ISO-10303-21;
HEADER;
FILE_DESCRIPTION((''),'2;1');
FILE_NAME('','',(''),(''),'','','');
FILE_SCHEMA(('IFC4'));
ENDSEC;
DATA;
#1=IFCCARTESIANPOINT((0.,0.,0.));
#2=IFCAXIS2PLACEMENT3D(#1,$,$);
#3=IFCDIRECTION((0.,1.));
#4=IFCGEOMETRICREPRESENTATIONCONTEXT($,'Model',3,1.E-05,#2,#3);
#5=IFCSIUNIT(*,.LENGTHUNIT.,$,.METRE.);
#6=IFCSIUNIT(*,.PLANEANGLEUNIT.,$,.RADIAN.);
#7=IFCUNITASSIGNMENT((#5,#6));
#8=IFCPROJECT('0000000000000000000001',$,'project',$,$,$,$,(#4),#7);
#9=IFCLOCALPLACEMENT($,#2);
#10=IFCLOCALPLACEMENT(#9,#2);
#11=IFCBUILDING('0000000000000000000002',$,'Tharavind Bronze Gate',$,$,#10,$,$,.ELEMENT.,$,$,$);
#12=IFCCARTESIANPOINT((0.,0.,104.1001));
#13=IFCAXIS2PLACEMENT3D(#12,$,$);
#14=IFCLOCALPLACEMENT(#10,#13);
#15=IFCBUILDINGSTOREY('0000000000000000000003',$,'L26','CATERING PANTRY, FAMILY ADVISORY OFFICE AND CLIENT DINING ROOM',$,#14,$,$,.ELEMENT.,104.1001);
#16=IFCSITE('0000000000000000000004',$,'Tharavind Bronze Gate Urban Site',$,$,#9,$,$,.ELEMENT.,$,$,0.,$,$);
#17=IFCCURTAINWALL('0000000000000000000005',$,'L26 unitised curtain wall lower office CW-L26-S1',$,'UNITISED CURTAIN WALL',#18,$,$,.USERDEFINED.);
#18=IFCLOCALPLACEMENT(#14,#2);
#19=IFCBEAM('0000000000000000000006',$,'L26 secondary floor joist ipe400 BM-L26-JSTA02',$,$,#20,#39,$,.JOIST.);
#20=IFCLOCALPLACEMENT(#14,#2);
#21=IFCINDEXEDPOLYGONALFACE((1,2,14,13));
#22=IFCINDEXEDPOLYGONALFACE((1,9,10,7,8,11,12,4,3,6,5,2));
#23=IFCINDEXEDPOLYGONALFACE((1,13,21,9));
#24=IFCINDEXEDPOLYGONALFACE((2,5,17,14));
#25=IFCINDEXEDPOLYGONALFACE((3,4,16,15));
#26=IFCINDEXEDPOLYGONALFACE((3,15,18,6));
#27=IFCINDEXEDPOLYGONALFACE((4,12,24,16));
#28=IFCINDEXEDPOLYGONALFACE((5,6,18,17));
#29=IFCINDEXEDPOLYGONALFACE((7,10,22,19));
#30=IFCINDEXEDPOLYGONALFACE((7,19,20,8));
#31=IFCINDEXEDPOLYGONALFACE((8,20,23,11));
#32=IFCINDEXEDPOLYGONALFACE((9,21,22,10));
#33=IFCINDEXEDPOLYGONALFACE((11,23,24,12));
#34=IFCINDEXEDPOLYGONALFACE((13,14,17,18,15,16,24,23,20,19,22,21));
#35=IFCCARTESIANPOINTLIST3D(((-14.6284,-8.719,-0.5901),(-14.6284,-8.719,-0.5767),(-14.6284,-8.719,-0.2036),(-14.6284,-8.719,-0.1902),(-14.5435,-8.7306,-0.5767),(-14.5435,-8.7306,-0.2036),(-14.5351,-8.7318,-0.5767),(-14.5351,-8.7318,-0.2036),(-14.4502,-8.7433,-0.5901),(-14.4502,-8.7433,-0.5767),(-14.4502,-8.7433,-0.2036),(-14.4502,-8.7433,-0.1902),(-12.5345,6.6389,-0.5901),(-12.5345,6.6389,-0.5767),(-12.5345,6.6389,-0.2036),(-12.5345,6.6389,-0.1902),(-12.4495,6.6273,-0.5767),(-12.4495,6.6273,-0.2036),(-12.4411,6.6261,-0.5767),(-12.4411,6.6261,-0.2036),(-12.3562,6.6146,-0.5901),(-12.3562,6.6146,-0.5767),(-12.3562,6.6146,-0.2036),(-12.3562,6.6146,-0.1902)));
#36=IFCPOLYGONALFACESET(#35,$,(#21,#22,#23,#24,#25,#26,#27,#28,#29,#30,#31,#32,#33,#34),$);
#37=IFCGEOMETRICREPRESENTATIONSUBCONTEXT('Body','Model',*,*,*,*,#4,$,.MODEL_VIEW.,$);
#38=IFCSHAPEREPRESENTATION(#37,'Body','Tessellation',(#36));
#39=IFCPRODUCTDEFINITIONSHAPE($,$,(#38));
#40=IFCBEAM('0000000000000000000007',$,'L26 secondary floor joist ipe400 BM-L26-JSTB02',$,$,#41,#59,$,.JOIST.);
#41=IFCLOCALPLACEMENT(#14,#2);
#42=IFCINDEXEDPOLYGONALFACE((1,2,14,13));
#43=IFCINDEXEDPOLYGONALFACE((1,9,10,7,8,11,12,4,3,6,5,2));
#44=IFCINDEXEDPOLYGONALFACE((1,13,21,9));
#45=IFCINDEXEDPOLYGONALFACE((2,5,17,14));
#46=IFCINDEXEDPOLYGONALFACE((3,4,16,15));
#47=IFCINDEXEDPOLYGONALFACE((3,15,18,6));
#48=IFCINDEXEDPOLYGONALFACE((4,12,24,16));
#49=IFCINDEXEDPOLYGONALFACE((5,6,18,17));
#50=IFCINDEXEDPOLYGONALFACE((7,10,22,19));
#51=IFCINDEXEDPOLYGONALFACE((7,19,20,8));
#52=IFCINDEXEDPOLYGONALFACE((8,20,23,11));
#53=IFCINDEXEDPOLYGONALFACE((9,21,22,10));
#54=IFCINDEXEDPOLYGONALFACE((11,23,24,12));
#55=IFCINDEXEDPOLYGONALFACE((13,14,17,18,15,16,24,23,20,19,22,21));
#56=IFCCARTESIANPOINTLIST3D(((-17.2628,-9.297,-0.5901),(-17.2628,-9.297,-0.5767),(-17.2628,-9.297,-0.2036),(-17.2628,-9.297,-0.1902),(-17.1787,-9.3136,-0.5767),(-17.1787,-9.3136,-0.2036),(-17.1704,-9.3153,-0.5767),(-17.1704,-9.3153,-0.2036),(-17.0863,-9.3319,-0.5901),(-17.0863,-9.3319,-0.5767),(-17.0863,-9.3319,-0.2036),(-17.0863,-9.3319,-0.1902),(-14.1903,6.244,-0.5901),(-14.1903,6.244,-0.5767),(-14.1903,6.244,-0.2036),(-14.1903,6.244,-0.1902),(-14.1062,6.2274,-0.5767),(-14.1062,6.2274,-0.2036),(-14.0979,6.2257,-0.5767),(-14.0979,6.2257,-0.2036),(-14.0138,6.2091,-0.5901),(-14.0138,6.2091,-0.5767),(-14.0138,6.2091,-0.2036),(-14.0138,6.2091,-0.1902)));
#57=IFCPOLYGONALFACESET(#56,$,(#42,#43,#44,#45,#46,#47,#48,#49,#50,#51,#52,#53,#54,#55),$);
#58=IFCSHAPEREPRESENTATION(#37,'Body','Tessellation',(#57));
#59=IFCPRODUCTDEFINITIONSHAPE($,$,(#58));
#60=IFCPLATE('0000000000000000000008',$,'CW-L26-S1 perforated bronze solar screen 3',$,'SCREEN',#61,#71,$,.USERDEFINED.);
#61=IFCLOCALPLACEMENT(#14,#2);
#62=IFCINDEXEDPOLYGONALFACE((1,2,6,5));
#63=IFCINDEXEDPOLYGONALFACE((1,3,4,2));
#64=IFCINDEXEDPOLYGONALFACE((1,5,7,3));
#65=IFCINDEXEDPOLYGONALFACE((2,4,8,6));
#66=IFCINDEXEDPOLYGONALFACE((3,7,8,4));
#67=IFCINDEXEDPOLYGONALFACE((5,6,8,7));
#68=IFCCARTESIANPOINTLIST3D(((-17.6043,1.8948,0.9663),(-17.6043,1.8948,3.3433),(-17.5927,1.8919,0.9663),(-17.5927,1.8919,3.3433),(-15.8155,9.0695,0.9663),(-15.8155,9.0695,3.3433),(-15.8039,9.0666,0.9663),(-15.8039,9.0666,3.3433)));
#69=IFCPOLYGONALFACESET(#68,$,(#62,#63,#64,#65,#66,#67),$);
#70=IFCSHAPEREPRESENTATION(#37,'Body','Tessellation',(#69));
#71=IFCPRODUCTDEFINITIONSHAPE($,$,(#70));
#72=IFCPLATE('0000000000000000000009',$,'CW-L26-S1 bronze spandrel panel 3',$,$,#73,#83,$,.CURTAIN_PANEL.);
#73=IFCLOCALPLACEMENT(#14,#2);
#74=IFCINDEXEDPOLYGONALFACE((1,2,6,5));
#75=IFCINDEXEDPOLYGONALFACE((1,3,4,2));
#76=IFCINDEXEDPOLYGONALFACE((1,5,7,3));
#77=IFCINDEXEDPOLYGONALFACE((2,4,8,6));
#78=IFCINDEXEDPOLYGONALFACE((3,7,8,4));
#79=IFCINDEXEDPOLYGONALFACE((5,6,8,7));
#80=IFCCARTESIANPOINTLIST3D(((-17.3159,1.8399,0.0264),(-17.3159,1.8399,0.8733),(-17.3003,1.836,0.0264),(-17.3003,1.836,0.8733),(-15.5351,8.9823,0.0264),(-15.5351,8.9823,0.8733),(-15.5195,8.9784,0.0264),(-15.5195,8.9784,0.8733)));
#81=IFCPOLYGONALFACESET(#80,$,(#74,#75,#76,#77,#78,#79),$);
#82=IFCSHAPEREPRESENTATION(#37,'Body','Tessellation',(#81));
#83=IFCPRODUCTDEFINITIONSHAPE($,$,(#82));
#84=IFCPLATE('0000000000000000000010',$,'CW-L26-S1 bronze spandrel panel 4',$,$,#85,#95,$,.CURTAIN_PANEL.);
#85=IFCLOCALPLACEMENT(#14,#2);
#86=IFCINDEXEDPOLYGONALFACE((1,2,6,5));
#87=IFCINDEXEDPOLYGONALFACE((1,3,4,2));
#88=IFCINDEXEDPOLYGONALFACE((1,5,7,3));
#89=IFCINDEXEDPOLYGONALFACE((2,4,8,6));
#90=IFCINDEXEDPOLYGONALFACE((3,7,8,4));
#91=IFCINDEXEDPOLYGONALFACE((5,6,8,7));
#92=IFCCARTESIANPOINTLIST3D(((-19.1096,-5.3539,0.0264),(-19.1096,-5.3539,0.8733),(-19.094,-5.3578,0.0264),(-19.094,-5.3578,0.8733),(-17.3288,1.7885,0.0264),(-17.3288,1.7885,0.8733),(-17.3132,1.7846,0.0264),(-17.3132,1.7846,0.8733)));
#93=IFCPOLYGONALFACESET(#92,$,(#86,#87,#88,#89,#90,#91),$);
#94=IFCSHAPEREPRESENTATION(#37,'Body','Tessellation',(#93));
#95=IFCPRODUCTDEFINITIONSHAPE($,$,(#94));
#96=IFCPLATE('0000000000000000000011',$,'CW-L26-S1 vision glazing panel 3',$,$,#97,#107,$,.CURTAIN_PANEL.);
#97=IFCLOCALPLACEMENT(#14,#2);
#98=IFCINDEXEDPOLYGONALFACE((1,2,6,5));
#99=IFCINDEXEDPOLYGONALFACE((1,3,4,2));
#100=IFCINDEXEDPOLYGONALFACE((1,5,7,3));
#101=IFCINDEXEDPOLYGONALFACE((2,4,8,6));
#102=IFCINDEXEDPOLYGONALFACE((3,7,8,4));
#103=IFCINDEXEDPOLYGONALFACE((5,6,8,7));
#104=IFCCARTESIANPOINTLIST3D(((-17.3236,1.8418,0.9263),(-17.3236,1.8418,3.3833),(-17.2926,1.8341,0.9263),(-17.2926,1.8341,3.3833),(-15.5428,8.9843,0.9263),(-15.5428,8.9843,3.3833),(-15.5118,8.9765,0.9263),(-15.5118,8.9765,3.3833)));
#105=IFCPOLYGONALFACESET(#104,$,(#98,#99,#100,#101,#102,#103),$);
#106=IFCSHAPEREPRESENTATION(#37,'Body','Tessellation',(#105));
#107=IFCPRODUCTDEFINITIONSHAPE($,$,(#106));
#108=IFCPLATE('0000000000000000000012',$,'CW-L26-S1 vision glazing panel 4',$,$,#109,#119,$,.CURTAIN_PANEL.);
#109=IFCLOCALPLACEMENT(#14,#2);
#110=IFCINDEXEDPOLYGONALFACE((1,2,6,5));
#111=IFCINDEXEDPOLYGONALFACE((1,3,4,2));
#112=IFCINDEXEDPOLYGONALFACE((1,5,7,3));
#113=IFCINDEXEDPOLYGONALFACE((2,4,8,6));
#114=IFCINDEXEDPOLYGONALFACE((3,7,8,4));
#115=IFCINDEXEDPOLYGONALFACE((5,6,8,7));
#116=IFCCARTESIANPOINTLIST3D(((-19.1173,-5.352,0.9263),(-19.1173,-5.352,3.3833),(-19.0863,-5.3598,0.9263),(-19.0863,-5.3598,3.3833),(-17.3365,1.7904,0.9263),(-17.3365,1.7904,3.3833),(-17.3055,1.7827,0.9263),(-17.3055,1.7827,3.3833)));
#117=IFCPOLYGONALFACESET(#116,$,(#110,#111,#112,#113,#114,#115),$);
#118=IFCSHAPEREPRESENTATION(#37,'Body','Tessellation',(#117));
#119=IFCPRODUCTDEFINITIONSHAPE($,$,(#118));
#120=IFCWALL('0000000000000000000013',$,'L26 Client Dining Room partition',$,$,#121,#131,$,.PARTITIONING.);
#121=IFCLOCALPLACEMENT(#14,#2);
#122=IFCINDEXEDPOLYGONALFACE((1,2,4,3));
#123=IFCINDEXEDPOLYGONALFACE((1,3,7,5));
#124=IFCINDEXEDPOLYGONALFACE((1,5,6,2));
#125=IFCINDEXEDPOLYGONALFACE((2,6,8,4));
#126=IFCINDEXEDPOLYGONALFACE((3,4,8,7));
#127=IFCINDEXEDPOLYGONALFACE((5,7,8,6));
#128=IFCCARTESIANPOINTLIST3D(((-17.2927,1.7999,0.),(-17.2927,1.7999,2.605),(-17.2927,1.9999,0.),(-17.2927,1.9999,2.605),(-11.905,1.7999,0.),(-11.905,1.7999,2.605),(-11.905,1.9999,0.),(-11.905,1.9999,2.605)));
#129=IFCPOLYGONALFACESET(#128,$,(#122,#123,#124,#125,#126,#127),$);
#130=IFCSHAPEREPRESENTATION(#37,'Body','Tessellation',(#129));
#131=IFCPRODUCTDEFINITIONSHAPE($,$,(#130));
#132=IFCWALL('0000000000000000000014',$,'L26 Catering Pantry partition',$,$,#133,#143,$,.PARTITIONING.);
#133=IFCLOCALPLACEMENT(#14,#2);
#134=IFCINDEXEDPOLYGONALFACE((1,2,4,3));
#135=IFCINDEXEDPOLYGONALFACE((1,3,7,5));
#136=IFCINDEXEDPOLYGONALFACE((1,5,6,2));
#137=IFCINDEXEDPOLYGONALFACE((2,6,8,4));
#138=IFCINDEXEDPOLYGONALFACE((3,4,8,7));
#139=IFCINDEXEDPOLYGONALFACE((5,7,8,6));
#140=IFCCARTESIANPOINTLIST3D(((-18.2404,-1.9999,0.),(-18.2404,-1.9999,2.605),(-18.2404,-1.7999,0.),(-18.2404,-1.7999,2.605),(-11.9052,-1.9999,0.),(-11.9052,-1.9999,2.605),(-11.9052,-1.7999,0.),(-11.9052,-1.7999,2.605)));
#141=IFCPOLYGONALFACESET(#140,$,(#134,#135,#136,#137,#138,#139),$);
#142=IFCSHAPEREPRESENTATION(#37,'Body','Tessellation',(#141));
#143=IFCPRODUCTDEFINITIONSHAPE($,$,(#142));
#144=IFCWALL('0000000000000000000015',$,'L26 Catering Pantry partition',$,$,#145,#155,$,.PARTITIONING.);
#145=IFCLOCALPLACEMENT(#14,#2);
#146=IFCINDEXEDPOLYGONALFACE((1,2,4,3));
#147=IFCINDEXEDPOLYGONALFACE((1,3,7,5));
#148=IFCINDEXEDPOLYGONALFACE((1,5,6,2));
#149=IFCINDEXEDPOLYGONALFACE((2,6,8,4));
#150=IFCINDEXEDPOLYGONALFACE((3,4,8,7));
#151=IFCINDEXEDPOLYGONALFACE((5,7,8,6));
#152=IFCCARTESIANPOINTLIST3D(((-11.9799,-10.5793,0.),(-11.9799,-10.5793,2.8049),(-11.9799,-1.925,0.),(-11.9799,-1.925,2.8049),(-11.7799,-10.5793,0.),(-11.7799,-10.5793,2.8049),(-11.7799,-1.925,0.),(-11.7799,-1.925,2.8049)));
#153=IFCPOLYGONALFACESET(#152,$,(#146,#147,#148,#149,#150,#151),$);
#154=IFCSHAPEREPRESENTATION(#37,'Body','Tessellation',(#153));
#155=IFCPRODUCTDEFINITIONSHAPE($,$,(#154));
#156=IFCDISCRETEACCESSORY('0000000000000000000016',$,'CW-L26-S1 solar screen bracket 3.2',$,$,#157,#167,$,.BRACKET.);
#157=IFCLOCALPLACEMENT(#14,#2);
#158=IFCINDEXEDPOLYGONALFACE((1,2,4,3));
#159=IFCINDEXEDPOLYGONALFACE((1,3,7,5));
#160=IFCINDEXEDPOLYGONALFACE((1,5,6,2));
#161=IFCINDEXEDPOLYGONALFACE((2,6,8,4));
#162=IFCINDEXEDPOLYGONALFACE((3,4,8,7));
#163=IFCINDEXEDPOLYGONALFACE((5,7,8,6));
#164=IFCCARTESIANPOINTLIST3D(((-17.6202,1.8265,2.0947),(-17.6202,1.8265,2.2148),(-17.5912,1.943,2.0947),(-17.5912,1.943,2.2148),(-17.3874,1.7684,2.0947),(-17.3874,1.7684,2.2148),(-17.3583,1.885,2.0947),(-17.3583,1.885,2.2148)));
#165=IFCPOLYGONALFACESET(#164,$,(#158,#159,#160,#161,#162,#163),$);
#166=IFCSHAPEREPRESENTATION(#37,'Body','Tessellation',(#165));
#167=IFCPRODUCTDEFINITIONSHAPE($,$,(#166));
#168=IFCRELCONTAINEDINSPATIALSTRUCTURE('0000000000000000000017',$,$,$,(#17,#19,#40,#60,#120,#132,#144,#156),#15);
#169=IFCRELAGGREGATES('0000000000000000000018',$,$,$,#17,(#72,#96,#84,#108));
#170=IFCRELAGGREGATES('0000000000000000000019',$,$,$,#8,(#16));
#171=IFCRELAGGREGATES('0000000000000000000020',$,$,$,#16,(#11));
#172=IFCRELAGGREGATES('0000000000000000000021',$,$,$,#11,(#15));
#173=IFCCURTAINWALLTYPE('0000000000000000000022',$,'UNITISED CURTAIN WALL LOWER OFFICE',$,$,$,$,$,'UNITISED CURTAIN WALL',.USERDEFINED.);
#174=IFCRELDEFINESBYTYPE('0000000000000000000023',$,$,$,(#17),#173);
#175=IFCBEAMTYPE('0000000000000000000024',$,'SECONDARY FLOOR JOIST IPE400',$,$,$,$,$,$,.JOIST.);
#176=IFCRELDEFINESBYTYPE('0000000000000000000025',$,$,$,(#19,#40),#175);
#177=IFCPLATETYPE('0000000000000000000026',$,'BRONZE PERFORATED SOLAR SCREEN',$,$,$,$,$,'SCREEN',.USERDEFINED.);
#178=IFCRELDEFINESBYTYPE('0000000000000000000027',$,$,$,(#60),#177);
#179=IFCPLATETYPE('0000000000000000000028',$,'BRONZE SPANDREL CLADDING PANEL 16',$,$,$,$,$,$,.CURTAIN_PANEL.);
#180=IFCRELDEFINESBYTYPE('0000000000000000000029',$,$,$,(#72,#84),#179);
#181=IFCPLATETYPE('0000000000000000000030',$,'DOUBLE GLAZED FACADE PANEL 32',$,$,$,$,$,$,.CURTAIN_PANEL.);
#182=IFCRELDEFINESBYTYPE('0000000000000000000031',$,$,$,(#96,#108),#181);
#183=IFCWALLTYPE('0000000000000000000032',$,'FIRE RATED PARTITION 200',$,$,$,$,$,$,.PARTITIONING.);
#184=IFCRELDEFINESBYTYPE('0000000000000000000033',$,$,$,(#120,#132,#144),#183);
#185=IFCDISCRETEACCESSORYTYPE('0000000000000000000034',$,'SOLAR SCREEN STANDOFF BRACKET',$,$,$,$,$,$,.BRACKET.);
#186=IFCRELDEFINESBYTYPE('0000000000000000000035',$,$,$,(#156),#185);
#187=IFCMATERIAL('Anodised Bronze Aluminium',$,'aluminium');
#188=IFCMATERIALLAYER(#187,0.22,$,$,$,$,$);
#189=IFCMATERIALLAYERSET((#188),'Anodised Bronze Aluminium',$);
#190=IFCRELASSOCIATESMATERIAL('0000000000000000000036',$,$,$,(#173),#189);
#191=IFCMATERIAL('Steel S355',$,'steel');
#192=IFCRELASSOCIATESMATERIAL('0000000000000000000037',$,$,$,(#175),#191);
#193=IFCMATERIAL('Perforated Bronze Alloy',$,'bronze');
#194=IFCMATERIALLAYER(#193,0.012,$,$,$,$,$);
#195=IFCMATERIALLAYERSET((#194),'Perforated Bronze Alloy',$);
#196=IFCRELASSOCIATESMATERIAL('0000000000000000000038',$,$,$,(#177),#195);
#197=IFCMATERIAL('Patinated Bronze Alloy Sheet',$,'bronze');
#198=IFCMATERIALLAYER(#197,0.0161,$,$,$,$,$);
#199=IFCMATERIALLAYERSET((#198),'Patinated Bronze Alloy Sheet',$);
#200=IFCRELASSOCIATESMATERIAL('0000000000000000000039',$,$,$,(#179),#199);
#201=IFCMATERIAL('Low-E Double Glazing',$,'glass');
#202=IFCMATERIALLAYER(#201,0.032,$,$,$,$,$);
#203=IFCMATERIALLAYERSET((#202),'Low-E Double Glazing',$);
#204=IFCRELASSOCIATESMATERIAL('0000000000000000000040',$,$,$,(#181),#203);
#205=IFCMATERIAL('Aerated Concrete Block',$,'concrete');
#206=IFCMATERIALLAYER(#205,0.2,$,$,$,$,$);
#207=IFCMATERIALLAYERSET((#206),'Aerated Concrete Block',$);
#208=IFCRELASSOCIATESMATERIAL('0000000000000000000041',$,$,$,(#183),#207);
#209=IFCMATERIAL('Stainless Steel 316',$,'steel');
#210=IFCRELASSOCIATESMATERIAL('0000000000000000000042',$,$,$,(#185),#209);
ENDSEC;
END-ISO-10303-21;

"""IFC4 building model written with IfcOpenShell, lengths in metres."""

from ifc_helpers import new_model, si_unit, direction, frame, frame_2d, origin, origin_2d, place, context, subcontext, project, spatial, rectangle, i_section, extrude, material, layer, layer_set, material_profile, profile_set, type_object, element, aggregate, save


model = new_model("IFC4")

# Units and contexts
model_context = context("Model", 3, precision=1e-05, world=origin(), true_north=direction((0.0, 1.0)))
body_context = subcontext(model_context, "Body", "Model", "MODEL_VIEW")
ifc_project = project(units=[si_unit("LENGTHUNIT", "METRE"), si_unit("PLANEANGLEUNIT", "RADIAN")], contexts=[model_context])

# Site, building, storey
site_placement = place(None, origin())
site = spatial("IfcSite", under=ifc_project, at=site_placement, Name="Tharavind Bronze Gate Urban Site", CompositionType="ELEMENT", RefElevation=0.0)
building_placement = place(site_placement, origin())
building = spatial("IfcBuilding", under=site, at=building_placement, Name="Tharavind Bronze Gate", CompositionType="ELEMENT")
storey_placement = place(building_placement, frame((0.0, 0.0, 104.1001)))
storey = spatial("IfcBuildingStorey", under=building, at=storey_placement, Name="L26", Description="CATERING PANTRY, FAMILY ADVISORY OFFICE AND CLIENT DINING ROOM", CompositionType="ELEMENT", Elevation=104.1001)

# Curtain wall
ifc_material_1 = material(Name="Anodised Bronze Aluminium", Category="aluminium")
ifc_layer_1 = layer(ifc_material_1, 0.22)
ifc_layer_set_1 = layer_set([ifc_layer_1], Name="Anodised Bronze Aluminium")
curtain_wall_type = type_object("IfcCurtainWallType", Name="UNITISED CURTAIN WALL LOWER OFFICE", ElementType="UNITISED CURTAIN WALL", PredefinedType="USERDEFINED", material=ifc_layer_set_1)
curtain_wall_placement = place(storey_placement, origin())
curtain_wall = element("IfcCurtainWall", 1, at=curtain_wall_placement, inside=storey, type_object=curtain_wall_type, Name="L26 unitised curtain wall lower office CW-L26-S1", ObjectType="UNITISED CURTAIN WALL", PredefinedType="USERDEFINED")

# Beams
ifc_material_2 = material(Name="Steel S355", Category="steel")
ifc_material_profile_1 = material_profile(ifc_material_2, i_section(OverallWidth=0.1799, OverallDepth=0.3999, WebThickness=0.0085, FlangeThickness=0.0134, at=origin_2d()), Name="IPE400")
ifc_profile_set_1 = profile_set([ifc_material_profile_1], Name="Steel S355")
beam_type_1 = type_object("IfcBeamType", Name="SECONDARY FLOOR JOIST IPE400", PredefinedType="JOIST", material=ifc_profile_set_1)
beam_1_placement = place(storey_placement, frame((-12.4453, 6.6267, -0.3901), z_axis=(-0.135096, -0.990832, 0.0), x_axis=(0.990832, -0.135096, 0.0)))
element("IfcBeam", 2, at=beam_1_placement, inside=storey, type_object=beam_type_1, Name="L26 secondary floor joist ipe400 BM-L26-JSTA02", PredefinedType="JOIST", context=body_context, shape_type="SweptSolid", body=[
    extrude(i_section(OverallWidth=0.1799, OverallDepth=0.3999, WebThickness=0.0085, FlangeThickness=0.0134, at=origin_2d()), origin(), (0.0, 0.0, 1.0), 15.5),
])
beam_2_placement = place(storey_placement, frame((-14.1021, 6.2266, -0.3901), z_axis=(-0.193949, -0.981012, 0.0), x_axis=(0.981012, -0.193949, 0.0)))
element("IfcBeam", 3, at=beam_2_placement, inside=storey, type_object=beam_type_1, Name="L26 secondary floor joist ipe400 BM-L26-JSTB02", PredefinedType="JOIST", context=body_context, shape_type="SweptSolid", body=[
    extrude(i_section(OverallWidth=0.1799, OverallDepth=0.3999, WebThickness=0.0085, FlangeThickness=0.0134, at=origin_2d()), origin(), (0.0, 0.0, 1.0), 15.8418),
])

# Plates
ifc_material_3 = material(Name="Perforated Bronze Alloy", Category="bronze")
ifc_layer_2 = layer(ifc_material_3, 0.012)
ifc_layer_set_2 = layer_set([ifc_layer_2], Name="Perforated Bronze Alloy")
plate_type_1 = type_object("IfcPlateType", Name="BRONZE PERFORATED SOLAR SCREEN", ElementType="SCREEN", PredefinedType="USERDEFINED", material=ifc_layer_set_2)
plate_1_placement = place(storey_placement, frame((-16.7041, 5.4807, 0.9663), z_axis=(0.0, 0.0, 1.0), x_axis=(-0.241922, -0.970296, 0.0)))
element("IfcPlate", 4, at=plate_1_placement, inside=storey, type_object=plate_type_1, Name="CW-L26-S1 perforated bronze solar screen 3", ObjectType="SCREEN", PredefinedType="USERDEFINED", context=body_context, shape_type="SweptSolid", body=[
    extrude(rectangle(XDim=7.3943, YDim=0.012, at=origin_2d()), origin(), (0.0, 0.0, 1.0), 2.377),
])
ifc_material_4 = material(Name="Patinated Bronze Alloy Sheet", Category="bronze")
ifc_layer_3 = layer(ifc_material_4, 0.0161)
ifc_layer_set_3 = layer_set([ifc_layer_3], Name="Patinated Bronze Alloy Sheet")
plate_type_2 = type_object("IfcPlateType", Name="BRONZE SPANDREL CLADDING PANEL 16", PredefinedType="CURTAIN_PANEL", material=ifc_layer_set_3)
plate_2_placement = place(storey_placement, frame((-16.4177, 5.4092, 0.0264), z_axis=(0.0, 0.0, 1.0), x_axis=(-0.241922, -0.970296, 0.0)))
plate_2 = element("IfcPlate", 5, at=plate_2_placement, type_object=plate_type_2, Name="CW-L26-S1 bronze spandrel panel 3", PredefinedType="CURTAIN_PANEL", context=body_context, shape_type="SweptSolid", body=[
    extrude(rectangle(XDim=7.3611, YDim=0.0161, at=origin_2d()), origin(), (0.0, 0.0, 1.0), 0.8469),
])
plate_3_placement = place(storey_placement, frame((-18.2114, -1.7847, 0.0264), z_axis=(0.0, 0.0, 1.0), x_axis=(-0.241922, -0.970296, 0.0)))
plate_3 = element("IfcPlate", 6, at=plate_3_placement, type_object=plate_type_2, Name="CW-L26-S1 bronze spandrel panel 4", PredefinedType="CURTAIN_PANEL", context=body_context, shape_type="SweptSolid", body=[
    extrude(rectangle(XDim=7.3611, YDim=0.0161, at=origin_2d()), origin(), (0.0, 0.0, 1.0), 0.8469),
])
ifc_material_5 = material(Name="Low-E Double Glazing", Category="glass")
ifc_layer_4 = layer(ifc_material_5, 0.032)
ifc_layer_set_4 = layer_set([ifc_layer_4], Name="Low-E Double Glazing")
plate_type_3 = type_object("IfcPlateType", Name="DOUBLE GLAZED FACADE PANEL 32", PredefinedType="CURTAIN_PANEL", material=ifc_layer_set_4)
plate_4_placement = place(storey_placement, frame((-16.4177, 5.4092, 0.9263), z_axis=(0.0, 0.0, 1.0), x_axis=(-0.241922, -0.970296, 0.0)))
plate_4 = element("IfcPlate", 7, at=plate_4_placement, type_object=plate_type_3, Name="CW-L26-S1 vision glazing panel 3", PredefinedType="CURTAIN_PANEL", context=body_context, shape_type="SweptSolid", body=[
    extrude(rectangle(XDim=7.3611, YDim=0.032, at=origin_2d()), origin(), (0.0, 0.0, 1.0), 2.457),
])
plate_5_placement = place(storey_placement, frame((-18.2114, -1.7847, 0.9263), z_axis=(0.0, 0.0, 1.0), x_axis=(-0.241922, -0.970296, 0.0)))
plate_5 = element("IfcPlate", 8, at=plate_5_placement, type_object=plate_type_3, Name="CW-L26-S1 vision glazing panel 4", PredefinedType="CURTAIN_PANEL", context=body_context, shape_type="SweptSolid", body=[
    extrude(rectangle(XDim=7.3611, YDim=0.032, at=origin_2d()), origin(), (0.0, 0.0, 1.0), 2.457),
])
aggregate(curtain_wall, [plate_2, plate_4, plate_3, plate_5])

# Walls
ifc_material_6 = material(Name="Aerated Concrete Block", Category="concrete")
ifc_layer_5 = layer(ifc_material_6, 0.2)
ifc_layer_set_5 = layer_set([ifc_layer_5], Name="Aerated Concrete Block")
wall_type = type_object("IfcWallType", Name="FIRE RATED PARTITION 200", PredefinedType="PARTITIONING", material=ifc_layer_set_5)
wall_1_placement = place(storey_placement, frame((-11.905, 1.8999, 0.0), z_axis=(0.0, 0.0, 1.0), x_axis=(-1.0, 0.0, 0.0)))
element("IfcWall", 9, at=wall_1_placement, inside=storey, type_object=wall_type, Name="L26 Client Dining Room partition", PredefinedType="PARTITIONING", context=body_context, shape_type="SweptSolid", body=[
    extrude(rectangle(XDim=5.3877, YDim=0.2, at=frame_2d((2.6938, 0.0))), origin(), (0.0, 0.0, 1.0), 2.605),
])
wall_2_placement = place(storey_placement, frame((-18.2402, -1.8999, 0.0), z_axis=(0.0, 0.0, 1.0), x_axis=(1.0, 0.0, 0.0)))
element("IfcWall", 10, at=wall_2_placement, inside=storey, type_object=wall_type, Name="L26 Catering Pantry partition", PredefinedType="PARTITIONING", context=body_context, shape_type="SweptSolid", body=[
    extrude(rectangle(XDim=6.3352, YDim=0.2, at=frame_2d((3.1675, 0.0))), origin(), (0.0, 0.0, 1.0), 2.605),
])
wall_3_placement = place(storey_placement, frame((-11.8799, -1.925, 0.0), z_axis=(0.0, 0.0, 1.0), x_axis=(0.0, -1.0, 0.0)))
element("IfcWall", 11, at=wall_3_placement, inside=storey, type_object=wall_type, Name="L26 Catering Pantry partition", PredefinedType="PARTITIONING", context=body_context, shape_type="SweptSolid", body=[
    extrude(rectangle(XDim=8.6543, YDim=0.2, at=frame_2d((4.3271, 0.0))), origin(), (0.0, 0.0, 1.0), 2.8049),
])

# Discrete accessory
ifc_material_7 = material(Name="Stainless Steel 316", Category="steel")
discrete_accessory_type = type_object("IfcDiscreteAccessoryType", Name="SOLAR SCREEN STANDOFF BRACKET", PredefinedType="BRACKET", material=ifc_material_7)
discrete_accessory_placement = place(storey_placement, frame((-17.4893, 1.8557, 2.0947), z_axis=(0.0, 0.0, 1.0), x_axis=(-0.241922, -0.970296, 0.0)))
element("IfcDiscreteAccessory", 12, at=discrete_accessory_placement, inside=storey, type_object=discrete_accessory_type, Name="CW-L26-S1 solar screen bracket 3.2", PredefinedType="BRACKET", context=body_context, shape_type="SweptSolid", body=[
    extrude(rectangle(XDim=0.1201, YDim=0.24, at=origin_2d()), origin(), (0.0, 0.0, 1.0), 0.1201),
])

save(model, "model.ifc")
